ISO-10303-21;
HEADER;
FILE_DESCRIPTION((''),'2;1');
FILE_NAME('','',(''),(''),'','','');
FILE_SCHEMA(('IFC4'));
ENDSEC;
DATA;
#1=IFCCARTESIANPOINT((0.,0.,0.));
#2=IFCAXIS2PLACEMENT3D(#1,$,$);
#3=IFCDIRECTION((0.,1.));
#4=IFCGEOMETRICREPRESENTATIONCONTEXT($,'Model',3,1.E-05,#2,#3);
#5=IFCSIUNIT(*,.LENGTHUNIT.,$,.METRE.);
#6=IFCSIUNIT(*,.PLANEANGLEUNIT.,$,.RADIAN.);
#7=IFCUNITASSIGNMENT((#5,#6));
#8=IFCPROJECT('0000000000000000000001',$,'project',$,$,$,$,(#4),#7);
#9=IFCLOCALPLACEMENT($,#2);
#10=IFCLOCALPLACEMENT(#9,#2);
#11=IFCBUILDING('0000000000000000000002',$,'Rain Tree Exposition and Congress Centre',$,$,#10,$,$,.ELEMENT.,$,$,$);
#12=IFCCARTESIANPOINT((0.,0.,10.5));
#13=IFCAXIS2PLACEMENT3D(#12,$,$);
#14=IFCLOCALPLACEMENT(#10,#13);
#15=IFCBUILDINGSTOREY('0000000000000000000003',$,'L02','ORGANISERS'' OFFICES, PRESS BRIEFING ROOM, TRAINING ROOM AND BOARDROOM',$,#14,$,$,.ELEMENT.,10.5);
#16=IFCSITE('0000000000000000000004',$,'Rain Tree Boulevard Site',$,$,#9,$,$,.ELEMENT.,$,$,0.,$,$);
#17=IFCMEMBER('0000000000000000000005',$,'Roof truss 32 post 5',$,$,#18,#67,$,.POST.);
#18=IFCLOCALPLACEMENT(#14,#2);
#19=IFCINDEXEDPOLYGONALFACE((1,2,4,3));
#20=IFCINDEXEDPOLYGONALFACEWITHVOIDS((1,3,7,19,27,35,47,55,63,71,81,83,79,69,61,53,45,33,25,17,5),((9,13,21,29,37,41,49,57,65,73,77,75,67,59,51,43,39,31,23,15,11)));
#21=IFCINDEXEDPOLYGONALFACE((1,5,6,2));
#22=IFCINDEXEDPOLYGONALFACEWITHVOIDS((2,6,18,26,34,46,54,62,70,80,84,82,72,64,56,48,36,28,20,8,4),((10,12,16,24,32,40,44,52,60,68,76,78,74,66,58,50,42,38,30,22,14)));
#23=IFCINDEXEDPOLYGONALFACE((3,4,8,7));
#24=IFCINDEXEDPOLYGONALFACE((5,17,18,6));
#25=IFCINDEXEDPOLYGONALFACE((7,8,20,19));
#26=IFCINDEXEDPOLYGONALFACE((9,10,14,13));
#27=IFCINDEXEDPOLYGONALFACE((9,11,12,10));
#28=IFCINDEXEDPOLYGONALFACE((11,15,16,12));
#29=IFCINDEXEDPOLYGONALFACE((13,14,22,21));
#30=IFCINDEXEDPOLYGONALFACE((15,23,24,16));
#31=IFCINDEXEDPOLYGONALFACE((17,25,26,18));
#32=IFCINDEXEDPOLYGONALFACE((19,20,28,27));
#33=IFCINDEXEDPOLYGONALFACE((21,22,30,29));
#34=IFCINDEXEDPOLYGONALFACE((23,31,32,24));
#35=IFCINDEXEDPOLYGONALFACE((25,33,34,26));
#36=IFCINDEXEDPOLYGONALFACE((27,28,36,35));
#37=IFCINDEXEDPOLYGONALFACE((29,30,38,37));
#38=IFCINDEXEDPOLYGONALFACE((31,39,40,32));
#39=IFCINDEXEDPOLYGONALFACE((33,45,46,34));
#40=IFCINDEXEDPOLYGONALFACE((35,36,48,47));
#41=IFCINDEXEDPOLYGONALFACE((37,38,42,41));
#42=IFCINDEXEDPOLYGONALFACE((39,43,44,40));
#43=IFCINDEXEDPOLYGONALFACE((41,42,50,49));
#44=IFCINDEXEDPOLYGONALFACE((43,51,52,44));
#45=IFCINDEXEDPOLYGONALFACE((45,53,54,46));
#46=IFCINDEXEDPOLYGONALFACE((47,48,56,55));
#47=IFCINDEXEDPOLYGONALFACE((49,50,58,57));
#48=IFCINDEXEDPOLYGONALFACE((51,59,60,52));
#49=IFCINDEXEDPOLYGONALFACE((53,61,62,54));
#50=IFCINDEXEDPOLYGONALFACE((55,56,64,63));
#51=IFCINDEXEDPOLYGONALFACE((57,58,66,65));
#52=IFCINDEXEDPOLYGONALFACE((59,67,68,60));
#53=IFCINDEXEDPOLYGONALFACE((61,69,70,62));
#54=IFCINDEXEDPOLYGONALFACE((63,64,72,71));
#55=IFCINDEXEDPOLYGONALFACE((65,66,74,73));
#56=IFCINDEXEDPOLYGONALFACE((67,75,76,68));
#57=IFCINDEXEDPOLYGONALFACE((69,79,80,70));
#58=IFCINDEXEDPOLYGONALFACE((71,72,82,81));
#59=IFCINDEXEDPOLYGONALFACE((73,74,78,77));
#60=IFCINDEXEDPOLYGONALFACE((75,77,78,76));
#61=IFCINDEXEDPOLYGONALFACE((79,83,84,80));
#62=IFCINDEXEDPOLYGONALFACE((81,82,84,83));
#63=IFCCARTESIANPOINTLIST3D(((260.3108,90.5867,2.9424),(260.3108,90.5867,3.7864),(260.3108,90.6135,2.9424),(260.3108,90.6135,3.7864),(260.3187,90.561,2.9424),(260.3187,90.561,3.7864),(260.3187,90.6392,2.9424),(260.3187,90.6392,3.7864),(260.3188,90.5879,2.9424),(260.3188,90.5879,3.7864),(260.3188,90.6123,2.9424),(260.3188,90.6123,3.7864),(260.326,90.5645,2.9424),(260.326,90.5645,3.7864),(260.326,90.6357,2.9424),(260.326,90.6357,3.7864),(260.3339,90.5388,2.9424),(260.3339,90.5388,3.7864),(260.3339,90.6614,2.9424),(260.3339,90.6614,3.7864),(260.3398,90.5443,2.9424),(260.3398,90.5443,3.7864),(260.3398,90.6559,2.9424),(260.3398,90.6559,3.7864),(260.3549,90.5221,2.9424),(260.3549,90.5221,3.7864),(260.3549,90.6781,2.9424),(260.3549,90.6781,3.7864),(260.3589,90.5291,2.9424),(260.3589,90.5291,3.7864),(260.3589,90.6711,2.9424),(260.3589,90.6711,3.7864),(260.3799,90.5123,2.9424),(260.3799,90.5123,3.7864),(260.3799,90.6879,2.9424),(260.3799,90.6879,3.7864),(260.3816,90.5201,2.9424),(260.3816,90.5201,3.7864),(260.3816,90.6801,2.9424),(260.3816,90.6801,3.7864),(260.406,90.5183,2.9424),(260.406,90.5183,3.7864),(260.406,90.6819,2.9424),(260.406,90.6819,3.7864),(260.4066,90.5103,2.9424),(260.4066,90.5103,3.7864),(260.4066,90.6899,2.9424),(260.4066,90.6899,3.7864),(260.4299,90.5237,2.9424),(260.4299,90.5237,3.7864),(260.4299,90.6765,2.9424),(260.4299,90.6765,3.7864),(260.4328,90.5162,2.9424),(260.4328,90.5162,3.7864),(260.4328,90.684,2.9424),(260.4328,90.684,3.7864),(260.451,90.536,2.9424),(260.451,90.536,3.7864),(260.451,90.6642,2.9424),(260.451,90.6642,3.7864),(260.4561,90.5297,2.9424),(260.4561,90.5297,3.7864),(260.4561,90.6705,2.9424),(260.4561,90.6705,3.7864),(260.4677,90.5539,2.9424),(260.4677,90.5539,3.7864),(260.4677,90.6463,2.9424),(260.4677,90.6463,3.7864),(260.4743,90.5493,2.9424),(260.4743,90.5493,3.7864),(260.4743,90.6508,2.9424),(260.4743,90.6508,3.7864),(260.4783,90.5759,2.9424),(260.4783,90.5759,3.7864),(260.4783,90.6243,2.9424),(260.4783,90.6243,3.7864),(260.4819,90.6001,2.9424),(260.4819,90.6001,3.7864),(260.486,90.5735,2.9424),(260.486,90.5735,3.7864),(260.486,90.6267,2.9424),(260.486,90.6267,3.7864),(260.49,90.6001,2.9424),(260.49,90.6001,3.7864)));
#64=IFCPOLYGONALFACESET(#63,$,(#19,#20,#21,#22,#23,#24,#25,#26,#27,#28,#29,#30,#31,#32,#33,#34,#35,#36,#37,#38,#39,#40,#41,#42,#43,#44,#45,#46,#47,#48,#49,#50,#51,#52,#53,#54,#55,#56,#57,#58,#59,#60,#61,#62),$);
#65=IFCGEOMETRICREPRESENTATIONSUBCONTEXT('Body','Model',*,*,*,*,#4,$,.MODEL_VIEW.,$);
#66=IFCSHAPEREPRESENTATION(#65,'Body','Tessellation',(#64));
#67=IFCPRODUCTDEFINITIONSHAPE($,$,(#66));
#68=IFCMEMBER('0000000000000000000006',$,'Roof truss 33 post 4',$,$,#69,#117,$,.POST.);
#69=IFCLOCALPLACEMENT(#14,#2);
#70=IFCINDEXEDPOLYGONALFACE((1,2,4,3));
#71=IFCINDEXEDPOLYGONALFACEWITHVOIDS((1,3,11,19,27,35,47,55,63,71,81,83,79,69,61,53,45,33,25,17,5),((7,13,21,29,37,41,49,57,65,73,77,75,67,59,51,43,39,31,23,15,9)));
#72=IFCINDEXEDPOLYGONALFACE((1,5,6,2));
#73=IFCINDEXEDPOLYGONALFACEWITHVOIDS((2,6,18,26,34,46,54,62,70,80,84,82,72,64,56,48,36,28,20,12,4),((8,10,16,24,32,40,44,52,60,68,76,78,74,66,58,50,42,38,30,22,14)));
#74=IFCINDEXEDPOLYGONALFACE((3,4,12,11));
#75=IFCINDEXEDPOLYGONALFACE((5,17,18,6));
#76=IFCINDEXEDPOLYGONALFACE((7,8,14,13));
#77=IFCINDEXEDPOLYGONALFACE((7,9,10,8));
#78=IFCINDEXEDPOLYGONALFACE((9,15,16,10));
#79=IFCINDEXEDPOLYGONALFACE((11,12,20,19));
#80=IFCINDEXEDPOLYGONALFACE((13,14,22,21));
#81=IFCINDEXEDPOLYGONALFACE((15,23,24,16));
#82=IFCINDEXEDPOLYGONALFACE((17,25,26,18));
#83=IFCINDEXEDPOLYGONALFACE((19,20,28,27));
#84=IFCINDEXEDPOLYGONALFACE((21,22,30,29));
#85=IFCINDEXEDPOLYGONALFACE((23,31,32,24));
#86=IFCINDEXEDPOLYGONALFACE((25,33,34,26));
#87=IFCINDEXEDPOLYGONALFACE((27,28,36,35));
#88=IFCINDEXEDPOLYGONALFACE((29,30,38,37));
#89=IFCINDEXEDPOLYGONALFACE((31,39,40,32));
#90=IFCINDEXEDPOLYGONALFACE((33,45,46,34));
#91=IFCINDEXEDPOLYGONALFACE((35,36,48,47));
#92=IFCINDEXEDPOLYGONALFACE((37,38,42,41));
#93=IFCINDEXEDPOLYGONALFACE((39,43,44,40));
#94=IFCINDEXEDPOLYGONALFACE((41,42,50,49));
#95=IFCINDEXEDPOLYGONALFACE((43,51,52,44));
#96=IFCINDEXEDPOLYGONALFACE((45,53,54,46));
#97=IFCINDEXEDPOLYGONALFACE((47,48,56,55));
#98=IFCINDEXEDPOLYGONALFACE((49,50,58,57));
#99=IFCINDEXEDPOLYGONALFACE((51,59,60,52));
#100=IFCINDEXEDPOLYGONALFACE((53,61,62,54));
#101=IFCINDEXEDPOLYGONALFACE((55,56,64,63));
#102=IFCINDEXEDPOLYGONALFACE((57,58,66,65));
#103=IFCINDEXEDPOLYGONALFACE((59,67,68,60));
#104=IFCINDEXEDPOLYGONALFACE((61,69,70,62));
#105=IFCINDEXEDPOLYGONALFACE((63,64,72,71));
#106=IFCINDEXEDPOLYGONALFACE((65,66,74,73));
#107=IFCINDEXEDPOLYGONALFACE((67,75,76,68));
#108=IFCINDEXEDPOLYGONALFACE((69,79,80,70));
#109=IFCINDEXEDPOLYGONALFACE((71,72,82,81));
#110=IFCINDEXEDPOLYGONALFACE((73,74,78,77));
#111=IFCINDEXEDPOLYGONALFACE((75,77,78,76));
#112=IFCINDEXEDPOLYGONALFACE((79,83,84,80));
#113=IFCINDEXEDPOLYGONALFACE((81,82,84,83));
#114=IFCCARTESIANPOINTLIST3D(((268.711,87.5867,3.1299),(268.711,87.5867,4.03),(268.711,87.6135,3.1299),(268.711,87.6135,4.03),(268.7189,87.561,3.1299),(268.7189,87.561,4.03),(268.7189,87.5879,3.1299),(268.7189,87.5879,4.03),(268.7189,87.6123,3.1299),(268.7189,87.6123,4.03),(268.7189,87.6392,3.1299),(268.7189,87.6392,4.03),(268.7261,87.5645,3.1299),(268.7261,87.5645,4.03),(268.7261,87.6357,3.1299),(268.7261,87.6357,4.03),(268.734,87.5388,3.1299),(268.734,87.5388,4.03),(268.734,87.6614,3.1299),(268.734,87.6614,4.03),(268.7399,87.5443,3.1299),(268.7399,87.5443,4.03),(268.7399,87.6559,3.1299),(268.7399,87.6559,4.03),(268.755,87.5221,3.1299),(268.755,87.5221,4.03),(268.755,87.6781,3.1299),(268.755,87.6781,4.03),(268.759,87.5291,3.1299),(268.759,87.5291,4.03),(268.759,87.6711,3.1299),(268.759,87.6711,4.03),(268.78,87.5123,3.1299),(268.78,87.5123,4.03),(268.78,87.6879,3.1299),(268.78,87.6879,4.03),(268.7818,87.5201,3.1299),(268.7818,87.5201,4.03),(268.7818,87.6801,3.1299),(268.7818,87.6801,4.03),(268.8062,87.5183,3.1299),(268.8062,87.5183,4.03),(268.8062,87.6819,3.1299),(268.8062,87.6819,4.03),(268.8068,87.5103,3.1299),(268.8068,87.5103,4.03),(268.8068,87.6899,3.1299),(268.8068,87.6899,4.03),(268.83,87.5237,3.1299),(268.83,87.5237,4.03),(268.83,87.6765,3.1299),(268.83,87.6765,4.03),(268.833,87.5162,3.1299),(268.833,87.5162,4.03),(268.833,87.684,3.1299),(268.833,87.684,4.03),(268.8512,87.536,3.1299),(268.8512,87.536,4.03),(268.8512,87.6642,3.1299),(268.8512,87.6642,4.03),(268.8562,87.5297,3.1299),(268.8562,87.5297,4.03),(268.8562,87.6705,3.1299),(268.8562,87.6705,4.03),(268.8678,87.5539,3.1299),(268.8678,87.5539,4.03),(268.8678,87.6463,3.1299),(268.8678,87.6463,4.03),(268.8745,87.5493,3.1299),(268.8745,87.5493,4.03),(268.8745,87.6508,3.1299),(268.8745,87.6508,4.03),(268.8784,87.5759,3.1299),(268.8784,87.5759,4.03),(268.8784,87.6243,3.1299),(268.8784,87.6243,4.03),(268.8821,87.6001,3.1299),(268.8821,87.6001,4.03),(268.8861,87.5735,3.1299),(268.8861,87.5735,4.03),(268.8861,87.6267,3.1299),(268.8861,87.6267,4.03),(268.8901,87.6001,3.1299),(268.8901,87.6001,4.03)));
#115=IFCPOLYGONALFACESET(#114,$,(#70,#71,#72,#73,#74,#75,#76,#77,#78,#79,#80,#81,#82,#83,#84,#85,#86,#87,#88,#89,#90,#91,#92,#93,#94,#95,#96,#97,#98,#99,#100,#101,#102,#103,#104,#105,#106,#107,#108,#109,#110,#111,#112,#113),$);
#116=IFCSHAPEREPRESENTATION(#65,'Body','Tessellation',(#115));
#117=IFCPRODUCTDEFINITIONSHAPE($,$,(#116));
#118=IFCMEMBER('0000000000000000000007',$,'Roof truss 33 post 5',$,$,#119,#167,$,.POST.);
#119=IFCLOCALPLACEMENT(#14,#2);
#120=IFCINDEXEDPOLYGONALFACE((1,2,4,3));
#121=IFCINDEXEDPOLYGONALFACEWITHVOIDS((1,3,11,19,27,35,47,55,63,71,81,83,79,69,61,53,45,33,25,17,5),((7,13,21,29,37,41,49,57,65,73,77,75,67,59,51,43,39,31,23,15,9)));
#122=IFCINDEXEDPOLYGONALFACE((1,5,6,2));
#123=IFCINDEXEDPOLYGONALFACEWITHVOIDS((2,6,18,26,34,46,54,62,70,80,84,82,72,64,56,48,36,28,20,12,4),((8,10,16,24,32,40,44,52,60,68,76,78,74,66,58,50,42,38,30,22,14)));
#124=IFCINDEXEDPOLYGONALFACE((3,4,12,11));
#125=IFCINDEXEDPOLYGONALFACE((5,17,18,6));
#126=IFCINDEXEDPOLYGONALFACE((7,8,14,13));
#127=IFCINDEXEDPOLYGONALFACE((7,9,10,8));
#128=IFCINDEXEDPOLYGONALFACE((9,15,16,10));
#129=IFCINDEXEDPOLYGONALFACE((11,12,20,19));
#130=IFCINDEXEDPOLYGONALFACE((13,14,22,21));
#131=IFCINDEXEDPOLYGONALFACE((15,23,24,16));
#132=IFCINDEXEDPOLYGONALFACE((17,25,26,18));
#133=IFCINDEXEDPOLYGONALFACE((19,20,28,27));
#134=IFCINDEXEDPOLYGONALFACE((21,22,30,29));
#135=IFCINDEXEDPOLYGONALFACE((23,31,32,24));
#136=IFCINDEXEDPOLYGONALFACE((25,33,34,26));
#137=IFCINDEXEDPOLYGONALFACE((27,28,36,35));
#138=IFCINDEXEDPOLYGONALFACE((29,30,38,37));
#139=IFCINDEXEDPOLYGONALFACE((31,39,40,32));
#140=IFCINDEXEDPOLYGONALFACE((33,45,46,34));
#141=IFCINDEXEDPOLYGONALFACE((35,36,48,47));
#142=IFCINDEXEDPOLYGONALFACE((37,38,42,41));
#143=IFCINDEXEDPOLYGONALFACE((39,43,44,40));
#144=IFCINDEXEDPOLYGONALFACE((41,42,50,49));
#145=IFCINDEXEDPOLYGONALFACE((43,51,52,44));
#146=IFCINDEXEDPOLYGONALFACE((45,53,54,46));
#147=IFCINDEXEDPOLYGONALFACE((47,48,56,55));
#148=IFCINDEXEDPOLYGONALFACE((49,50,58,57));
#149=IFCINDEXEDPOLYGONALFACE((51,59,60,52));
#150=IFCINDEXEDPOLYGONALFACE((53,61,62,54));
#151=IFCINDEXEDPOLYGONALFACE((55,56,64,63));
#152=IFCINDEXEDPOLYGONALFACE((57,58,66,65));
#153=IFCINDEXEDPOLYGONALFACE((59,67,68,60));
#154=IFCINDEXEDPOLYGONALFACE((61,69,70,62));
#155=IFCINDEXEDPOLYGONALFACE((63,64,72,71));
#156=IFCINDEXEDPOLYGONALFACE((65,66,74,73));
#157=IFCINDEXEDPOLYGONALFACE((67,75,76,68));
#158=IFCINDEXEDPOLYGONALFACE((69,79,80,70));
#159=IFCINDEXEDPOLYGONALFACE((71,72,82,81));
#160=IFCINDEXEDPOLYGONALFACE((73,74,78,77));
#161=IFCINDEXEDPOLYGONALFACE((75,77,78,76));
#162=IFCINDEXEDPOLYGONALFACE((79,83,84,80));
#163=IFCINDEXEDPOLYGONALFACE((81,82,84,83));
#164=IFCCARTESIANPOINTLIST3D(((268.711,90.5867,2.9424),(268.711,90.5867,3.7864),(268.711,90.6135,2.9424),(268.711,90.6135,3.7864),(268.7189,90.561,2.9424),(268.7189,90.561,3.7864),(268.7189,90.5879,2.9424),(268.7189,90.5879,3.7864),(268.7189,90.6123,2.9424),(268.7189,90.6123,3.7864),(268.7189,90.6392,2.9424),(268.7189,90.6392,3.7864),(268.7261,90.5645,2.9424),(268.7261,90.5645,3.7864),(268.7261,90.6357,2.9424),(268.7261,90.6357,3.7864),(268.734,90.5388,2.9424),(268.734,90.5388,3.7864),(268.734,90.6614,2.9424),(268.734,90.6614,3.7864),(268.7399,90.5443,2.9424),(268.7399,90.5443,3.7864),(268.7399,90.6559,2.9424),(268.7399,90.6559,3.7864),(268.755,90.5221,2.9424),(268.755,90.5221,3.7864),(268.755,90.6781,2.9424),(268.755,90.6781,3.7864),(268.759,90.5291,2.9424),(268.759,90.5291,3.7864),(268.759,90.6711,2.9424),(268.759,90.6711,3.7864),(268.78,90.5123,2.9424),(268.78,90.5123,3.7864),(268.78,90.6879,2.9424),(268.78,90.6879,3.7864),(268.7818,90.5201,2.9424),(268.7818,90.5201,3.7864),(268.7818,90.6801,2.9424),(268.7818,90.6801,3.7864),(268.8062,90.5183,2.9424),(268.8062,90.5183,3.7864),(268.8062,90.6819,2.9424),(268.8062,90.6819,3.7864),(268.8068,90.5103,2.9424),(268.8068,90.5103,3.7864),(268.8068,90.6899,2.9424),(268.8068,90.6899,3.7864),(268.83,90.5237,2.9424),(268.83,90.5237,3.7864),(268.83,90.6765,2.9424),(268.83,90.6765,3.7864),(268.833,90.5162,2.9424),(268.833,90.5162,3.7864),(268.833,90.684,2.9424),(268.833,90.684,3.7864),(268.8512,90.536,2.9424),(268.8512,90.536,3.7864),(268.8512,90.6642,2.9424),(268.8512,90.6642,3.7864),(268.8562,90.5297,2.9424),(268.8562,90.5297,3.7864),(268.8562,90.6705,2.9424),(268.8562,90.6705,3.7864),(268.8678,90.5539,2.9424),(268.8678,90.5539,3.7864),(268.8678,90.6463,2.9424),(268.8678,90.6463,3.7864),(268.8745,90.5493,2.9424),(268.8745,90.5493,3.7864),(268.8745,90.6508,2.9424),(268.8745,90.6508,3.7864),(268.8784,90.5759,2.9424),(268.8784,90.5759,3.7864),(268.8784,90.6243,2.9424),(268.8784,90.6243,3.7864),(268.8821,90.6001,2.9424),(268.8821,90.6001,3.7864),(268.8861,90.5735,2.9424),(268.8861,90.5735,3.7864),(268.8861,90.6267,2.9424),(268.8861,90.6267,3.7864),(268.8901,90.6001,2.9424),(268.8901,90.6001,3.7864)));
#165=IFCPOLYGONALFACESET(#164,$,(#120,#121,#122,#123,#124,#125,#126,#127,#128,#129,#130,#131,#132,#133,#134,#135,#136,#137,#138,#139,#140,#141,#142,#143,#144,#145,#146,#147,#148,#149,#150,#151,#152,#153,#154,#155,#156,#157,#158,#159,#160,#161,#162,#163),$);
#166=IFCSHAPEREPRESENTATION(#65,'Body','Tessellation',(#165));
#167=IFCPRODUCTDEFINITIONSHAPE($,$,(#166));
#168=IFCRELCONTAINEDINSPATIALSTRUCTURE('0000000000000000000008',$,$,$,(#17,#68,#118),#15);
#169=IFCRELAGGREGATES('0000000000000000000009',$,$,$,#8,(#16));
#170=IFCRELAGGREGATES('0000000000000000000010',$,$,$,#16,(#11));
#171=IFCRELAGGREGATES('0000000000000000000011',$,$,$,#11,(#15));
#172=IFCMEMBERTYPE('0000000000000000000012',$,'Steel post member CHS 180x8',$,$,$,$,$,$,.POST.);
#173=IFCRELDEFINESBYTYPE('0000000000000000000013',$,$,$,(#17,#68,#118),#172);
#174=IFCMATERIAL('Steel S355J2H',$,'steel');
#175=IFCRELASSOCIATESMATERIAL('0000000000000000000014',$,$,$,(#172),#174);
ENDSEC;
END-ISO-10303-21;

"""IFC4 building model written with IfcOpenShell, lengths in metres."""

from ifc_helpers import new_model, si_unit, direction, frame, origin, origin_2d, place, context, subcontext, project, spatial, hollow_circle, extrude, material, material_profile, profile_set, type_object, element, save


model = new_model("IFC4")

# Units and contexts
model_context = context("Model", 3, precision=1e-05, world=origin(), true_north=direction((0.0, 1.0)))
body_context = subcontext(model_context, "Body", "Model", "MODEL_VIEW")
ifc_project = project(units=[si_unit("LENGTHUNIT", "METRE"), si_unit("PLANEANGLEUNIT", "RADIAN")], contexts=[model_context])

# Site, building, storey
site_placement = place(None, origin())
site = spatial("IfcSite", under=ifc_project, at=site_placement, Name="Rain Tree Boulevard Site", CompositionType="ELEMENT", RefElevation=0.0)
building_placement = place(site_placement, origin())
building = spatial("IfcBuilding", under=site, at=building_placement, Name="Rain Tree Exposition and Congress Centre", CompositionType="ELEMENT")
storey_placement = place(building_placement, frame((0.0, 0.0, 10.5)))
storey = spatial("IfcBuildingStorey", under=building, at=storey_placement, Name="L02", Description="ORGANISERS' OFFICES, PRESS BRIEFING ROOM, TRAINING ROOM AND BOARDROOM", CompositionType="ELEMENT", Elevation=10.5)

# Members
ifc_material_1 = material(Name="Steel S355J2H", Category="steel")
ifc_material_profile_1 = material_profile(ifc_material_1, hollow_circle(Radius=0.0901, WallThickness=0.0081, at=origin_2d()), Name="CHS 180x8")
ifc_profile_set_1 = profile_set([ifc_material_profile_1], Name="Steel S355J2H")
member_type_1 = type_object("IfcMemberType", Name="Steel post member CHS 180x8", PredefinedType="POST", material=ifc_profile_set_1)
member_1_placement = place(storey_placement, frame((260.3999, 90.6001, 2.9424), z_axis=(0.0, 0.0, 1.0), x_axis=(1.0, 0.0, 0.0)))
element("IfcMember", 1, at=member_1_placement, inside=storey, type_object=member_type_1, Name="Roof truss 32 post 5", PredefinedType="POST", context=body_context, shape_type="SweptSolid", body=[
    extrude(hollow_circle(Radius=0.0901, WallThickness=0.0081, at=origin_2d()), origin(), (0.0, 0.0, 1.0), 0.844),
])
member_2_placement = place(storey_placement, frame((268.8, 87.6001, 3.1299), z_axis=(0.0, 0.0, 1.0), x_axis=(1.0, 0.0, 0.0)))
element("IfcMember", 2, at=member_2_placement, inside=storey, type_object=member_type_1, Name="Roof truss 33 post 4", PredefinedType="POST", context=body_context, shape_type="SweptSolid", body=[
    extrude(hollow_circle(Radius=0.0901, WallThickness=0.0081, at=origin_2d()), origin(), (0.0, 0.0, 1.0), 0.9001),
])
member_3_placement = place(storey_placement, frame((268.8, 90.6001, 2.9424), z_axis=(0.0, 0.0, 1.0), x_axis=(1.0, 0.0, 0.0)))
element("IfcMember", 3, at=member_3_placement, inside=storey, type_object=member_type_1, Name="Roof truss 33 post 5", PredefinedType="POST", context=body_context, shape_type="SweptSolid", body=[
    extrude(hollow_circle(Radius=0.0901, WallThickness=0.0081, at=origin_2d()), origin(), (0.0, 0.0, 1.0), 0.844),
])

save(model, "model.ifc")
